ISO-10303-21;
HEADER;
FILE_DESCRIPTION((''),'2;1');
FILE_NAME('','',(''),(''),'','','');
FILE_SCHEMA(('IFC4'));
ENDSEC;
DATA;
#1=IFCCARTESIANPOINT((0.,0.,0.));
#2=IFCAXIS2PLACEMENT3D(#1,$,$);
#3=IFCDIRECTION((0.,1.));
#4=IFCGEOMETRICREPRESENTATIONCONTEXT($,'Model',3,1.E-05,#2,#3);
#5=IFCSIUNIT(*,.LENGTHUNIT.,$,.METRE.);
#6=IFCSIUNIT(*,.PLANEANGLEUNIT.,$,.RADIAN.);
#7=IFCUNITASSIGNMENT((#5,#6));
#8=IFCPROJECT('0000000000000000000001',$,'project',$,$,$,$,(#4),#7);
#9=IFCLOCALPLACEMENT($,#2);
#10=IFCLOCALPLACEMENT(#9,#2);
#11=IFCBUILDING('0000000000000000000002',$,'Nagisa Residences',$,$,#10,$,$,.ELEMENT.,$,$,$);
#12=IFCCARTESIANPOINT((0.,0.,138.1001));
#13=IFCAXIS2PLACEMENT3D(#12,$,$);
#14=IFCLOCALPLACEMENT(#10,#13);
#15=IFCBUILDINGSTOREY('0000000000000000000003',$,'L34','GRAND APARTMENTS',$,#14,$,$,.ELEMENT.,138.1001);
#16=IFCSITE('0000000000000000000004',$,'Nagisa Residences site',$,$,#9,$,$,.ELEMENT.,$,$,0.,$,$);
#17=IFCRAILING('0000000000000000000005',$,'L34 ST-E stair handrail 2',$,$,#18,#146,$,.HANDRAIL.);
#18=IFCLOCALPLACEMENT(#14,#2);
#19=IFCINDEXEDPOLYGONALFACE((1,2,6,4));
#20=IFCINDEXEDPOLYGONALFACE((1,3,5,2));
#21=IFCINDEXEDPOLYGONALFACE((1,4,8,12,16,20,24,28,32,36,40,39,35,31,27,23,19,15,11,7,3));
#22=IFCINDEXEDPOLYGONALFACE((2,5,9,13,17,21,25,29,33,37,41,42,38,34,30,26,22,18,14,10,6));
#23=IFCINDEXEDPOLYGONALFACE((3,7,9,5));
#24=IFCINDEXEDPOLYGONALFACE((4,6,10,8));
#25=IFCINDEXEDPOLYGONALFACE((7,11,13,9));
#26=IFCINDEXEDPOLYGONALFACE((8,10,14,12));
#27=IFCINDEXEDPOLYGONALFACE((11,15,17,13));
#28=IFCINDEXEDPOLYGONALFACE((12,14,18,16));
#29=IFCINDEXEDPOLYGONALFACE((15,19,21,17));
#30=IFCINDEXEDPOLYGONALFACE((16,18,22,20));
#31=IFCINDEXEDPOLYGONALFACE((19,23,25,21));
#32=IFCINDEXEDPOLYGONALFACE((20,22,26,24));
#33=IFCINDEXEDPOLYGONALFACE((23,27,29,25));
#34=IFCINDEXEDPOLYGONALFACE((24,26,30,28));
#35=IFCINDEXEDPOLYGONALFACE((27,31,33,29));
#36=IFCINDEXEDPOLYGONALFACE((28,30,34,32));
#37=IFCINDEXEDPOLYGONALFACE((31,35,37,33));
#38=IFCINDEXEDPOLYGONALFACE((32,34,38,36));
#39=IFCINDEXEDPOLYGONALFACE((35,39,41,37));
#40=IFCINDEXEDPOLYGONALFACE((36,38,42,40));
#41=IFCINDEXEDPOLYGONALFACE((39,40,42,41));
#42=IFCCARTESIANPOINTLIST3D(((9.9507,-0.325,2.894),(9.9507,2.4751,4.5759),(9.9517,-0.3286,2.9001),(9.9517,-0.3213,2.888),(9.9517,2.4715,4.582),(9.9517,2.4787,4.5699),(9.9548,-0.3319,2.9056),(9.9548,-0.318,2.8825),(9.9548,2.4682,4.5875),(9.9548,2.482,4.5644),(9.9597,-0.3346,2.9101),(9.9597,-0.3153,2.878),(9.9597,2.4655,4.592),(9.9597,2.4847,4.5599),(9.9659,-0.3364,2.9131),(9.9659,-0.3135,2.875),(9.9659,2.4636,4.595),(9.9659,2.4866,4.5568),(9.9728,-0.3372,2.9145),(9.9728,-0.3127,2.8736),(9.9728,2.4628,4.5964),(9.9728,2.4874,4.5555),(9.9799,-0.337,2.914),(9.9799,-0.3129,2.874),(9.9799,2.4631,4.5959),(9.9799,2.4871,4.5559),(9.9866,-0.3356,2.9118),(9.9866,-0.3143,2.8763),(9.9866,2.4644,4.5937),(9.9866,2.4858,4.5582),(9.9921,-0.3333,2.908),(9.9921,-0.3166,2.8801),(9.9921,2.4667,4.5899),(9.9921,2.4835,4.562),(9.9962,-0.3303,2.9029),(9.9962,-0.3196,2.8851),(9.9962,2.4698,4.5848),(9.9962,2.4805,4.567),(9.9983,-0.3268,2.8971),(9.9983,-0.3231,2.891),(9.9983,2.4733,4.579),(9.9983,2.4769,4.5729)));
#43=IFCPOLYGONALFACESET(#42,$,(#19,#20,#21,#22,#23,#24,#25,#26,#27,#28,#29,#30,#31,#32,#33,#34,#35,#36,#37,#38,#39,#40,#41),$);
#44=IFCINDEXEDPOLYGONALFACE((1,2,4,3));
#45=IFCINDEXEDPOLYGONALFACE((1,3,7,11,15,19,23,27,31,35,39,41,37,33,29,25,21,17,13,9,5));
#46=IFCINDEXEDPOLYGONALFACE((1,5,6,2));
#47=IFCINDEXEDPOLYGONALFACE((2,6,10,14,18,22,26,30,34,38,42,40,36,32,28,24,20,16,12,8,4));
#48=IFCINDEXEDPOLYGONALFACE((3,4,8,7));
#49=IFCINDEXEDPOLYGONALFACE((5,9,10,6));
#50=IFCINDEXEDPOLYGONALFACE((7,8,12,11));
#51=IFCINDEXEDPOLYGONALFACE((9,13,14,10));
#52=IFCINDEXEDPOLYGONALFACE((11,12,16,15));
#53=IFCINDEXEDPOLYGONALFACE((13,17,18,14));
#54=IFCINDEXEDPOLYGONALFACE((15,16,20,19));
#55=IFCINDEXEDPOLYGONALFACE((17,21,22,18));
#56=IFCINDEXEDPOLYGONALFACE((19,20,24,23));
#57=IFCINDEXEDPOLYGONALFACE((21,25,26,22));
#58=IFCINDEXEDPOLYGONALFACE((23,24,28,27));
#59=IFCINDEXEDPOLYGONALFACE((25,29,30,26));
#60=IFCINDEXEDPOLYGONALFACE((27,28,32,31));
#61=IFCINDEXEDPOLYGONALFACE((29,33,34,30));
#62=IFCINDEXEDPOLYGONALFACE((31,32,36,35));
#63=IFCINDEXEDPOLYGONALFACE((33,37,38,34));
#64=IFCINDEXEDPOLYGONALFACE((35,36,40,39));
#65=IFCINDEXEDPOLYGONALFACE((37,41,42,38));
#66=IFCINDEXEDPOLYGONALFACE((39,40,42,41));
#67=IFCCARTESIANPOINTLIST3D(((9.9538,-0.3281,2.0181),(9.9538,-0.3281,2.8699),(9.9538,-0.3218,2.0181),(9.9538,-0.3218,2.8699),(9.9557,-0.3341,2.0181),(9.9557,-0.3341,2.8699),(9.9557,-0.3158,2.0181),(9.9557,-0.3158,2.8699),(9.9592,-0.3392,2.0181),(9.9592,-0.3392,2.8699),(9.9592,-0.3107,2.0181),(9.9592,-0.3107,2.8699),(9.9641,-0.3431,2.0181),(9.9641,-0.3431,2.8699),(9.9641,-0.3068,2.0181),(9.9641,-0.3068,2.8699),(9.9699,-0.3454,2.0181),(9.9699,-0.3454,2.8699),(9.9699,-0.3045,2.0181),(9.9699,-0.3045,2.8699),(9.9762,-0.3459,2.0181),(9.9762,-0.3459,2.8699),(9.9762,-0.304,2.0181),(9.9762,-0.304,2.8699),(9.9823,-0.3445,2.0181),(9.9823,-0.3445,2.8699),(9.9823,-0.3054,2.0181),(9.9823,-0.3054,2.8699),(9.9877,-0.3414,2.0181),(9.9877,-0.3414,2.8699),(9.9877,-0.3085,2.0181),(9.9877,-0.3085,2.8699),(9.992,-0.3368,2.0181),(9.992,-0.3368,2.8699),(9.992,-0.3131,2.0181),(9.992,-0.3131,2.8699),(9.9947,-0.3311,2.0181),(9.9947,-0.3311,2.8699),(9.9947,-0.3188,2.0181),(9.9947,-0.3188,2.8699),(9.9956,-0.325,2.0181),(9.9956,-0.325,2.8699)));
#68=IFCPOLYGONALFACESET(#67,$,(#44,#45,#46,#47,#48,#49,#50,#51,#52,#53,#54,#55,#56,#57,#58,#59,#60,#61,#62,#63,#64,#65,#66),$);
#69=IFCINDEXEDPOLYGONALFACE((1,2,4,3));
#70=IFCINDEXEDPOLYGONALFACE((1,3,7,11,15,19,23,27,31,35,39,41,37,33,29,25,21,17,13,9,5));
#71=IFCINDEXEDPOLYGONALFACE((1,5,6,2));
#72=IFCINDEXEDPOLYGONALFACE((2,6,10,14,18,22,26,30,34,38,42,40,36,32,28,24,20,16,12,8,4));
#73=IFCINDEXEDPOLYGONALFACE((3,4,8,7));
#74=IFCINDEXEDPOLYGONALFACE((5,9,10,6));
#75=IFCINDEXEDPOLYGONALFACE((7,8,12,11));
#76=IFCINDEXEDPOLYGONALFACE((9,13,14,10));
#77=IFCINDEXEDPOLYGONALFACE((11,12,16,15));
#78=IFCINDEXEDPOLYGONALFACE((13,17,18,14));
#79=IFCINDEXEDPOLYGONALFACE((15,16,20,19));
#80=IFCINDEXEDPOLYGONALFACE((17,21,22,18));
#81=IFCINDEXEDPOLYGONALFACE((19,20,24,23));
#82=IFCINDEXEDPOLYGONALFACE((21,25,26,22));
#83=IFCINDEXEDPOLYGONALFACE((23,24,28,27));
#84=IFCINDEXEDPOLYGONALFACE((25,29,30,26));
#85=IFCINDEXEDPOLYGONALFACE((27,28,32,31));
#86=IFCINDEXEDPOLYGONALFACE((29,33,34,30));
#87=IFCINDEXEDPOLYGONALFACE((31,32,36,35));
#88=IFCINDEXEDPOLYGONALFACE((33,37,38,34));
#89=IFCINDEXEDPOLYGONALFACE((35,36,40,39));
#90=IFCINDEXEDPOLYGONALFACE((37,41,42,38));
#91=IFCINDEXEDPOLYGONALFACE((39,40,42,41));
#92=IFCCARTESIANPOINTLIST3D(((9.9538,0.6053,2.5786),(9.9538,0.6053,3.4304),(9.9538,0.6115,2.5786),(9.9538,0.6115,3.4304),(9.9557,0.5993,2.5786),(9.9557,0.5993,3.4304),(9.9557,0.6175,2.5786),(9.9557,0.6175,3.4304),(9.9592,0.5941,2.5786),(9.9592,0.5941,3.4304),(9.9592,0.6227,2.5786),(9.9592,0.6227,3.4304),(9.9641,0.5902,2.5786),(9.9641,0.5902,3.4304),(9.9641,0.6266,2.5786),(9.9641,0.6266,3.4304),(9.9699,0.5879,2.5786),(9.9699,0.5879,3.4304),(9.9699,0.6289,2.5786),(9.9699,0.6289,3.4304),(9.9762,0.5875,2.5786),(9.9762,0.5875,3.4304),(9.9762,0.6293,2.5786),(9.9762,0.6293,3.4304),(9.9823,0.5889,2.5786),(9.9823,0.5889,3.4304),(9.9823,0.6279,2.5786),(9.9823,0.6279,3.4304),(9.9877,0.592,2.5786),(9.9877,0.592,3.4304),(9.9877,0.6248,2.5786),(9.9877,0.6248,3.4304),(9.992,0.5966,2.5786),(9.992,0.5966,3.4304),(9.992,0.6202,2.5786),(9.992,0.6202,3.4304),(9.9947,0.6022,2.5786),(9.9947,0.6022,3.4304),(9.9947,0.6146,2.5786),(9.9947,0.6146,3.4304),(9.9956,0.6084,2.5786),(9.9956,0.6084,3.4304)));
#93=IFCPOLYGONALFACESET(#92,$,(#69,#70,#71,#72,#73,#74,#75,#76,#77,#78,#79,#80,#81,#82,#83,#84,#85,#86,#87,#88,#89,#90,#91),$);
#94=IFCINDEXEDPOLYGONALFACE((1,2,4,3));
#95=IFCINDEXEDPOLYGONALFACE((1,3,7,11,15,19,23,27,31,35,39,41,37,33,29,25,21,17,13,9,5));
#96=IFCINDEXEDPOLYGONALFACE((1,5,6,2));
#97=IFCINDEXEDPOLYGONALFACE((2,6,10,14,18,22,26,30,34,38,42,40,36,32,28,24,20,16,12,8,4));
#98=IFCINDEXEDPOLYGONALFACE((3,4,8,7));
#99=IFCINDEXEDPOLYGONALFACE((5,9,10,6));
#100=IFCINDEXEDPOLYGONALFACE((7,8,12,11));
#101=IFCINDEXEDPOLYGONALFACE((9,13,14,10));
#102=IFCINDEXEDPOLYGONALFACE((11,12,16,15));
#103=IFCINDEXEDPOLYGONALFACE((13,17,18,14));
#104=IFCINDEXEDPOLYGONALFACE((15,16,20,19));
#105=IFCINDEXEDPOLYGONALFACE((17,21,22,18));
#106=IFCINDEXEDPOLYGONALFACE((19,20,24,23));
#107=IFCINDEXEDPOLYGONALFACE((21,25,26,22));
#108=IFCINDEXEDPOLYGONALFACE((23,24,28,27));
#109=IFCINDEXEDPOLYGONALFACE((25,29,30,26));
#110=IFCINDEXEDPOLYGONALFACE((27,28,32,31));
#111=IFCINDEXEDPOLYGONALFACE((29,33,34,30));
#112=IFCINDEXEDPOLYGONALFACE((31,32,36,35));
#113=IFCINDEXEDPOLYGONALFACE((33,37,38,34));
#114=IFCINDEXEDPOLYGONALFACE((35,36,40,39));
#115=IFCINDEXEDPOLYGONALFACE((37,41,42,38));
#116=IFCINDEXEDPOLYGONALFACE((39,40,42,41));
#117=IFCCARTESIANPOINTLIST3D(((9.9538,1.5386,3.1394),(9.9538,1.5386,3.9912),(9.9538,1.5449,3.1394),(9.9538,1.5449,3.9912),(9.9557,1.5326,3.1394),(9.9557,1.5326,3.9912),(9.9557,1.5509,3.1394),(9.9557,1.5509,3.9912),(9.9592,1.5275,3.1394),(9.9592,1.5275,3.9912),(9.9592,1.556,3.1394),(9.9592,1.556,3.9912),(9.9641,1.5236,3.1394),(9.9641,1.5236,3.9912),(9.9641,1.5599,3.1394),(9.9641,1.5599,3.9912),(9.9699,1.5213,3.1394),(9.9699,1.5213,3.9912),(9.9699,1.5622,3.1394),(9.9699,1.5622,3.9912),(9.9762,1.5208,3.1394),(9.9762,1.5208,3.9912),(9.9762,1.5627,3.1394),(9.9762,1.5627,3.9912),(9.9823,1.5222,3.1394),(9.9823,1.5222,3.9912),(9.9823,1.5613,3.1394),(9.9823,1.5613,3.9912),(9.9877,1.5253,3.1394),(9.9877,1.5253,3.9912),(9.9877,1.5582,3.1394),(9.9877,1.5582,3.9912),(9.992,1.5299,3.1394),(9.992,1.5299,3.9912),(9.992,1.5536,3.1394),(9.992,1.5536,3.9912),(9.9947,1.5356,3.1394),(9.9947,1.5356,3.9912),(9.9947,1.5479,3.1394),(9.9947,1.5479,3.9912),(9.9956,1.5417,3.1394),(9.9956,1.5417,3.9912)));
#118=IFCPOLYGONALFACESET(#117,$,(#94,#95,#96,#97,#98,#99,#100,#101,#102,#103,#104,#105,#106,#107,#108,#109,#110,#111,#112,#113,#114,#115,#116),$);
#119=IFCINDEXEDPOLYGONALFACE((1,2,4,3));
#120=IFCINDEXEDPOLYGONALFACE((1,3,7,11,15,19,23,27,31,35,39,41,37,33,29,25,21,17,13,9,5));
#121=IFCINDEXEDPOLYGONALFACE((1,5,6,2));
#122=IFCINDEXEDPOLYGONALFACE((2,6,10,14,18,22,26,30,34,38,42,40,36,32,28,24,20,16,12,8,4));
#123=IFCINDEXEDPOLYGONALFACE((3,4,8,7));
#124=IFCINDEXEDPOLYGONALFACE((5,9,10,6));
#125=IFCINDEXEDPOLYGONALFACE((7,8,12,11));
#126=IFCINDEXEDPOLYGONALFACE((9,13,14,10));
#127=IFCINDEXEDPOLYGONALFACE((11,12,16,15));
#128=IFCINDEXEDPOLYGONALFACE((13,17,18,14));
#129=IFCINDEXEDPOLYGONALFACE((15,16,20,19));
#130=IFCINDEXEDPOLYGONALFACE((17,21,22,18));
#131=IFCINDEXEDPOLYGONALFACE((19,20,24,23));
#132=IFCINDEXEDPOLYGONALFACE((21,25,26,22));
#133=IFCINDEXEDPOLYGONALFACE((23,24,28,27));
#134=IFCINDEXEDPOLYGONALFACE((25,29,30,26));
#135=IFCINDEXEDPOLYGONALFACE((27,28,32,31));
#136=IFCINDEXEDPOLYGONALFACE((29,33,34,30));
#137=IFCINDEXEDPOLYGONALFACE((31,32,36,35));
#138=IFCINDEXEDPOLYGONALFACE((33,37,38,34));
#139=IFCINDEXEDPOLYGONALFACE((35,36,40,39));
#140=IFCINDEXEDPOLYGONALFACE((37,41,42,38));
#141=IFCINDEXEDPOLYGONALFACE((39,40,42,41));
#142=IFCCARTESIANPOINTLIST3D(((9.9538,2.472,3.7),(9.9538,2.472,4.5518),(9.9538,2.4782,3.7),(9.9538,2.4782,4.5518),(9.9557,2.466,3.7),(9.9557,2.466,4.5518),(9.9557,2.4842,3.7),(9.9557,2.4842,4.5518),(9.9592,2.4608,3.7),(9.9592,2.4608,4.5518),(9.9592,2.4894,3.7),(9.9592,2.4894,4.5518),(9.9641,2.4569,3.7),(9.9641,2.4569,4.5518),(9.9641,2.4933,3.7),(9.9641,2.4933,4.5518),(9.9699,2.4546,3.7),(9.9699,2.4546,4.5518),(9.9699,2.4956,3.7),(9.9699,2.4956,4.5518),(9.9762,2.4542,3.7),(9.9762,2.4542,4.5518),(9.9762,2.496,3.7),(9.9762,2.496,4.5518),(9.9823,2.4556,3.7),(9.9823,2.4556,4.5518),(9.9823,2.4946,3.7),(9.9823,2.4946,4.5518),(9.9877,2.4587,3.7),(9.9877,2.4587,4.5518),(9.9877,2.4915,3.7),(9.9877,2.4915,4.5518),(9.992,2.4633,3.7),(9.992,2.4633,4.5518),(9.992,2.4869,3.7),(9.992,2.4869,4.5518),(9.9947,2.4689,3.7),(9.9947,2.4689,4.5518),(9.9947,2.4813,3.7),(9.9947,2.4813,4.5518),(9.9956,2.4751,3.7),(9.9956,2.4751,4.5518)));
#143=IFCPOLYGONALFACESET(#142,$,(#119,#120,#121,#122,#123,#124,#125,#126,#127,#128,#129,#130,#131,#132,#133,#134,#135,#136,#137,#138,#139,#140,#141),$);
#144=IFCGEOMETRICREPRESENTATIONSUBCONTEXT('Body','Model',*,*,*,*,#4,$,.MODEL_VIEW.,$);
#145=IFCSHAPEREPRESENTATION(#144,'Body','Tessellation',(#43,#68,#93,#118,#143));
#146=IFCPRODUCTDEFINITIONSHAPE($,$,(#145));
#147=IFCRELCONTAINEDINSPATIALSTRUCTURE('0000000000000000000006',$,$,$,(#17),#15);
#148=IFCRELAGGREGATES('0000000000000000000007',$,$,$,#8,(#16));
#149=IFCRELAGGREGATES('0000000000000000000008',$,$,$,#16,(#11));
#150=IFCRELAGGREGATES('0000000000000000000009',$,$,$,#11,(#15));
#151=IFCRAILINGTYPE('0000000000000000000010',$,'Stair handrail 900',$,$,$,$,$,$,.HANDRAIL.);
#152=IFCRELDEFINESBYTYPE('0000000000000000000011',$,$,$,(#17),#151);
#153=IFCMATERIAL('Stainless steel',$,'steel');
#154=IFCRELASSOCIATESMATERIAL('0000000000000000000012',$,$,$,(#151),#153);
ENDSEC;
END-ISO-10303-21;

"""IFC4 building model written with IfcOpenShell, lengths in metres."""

from ifc_helpers import new_model, si_unit, direction, frame, origin, origin_2d, place, context, subcontext, project, spatial, circle, extrude, material, type_object, element, save


model = new_model("IFC4")

# Units and contexts
model_context = context("Model", 3, precision=1e-05, world=origin(), true_north=direction((0.0, 1.0)))
body_context = subcontext(model_context, "Body", "Model", "MODEL_VIEW")
ifc_project = project(units=[si_unit("LENGTHUNIT", "METRE"), si_unit("PLANEANGLEUNIT", "RADIAN")], contexts=[model_context])

# Site, building, storey
site_placement = place(None, origin())
site = spatial("IfcSite", under=ifc_project, at=site_placement, Name="Nagisa Residences site", CompositionType="ELEMENT", RefElevation=0.0)
building_placement = place(site_placement, origin())
building = spatial("IfcBuilding", under=site, at=building_placement, Name="Nagisa Residences", CompositionType="ELEMENT")
storey_placement = place(building_placement, frame((0.0, 0.0, 138.1001)))
storey = spatial("IfcBuildingStorey", under=building, at=storey_placement, Name="L34", Description="GRAND APARTMENTS", CompositionType="ELEMENT", Elevation=138.1001)

# Railing
ifc_material_1 = material(Name="Stainless steel", Category="steel")
railing_type_1 = type_object("IfcRailingType", Name="Stair handrail 900", PredefinedType="HANDRAIL", material=ifc_material_1)
railing_1_placement = place(storey_placement, frame((9.9746, -0.325, 2.0181)))
element("IfcRailing", 1, at=railing_1_placement, inside=storey, type_object=railing_type_1, Name="L34 ST-E stair handrail 2", PredefinedType="HANDRAIL", context=body_context, shape_type="SweptSolid", body=[
    extrude(circle(Radius=0.0239, at=origin_2d()), frame((0.0, 0.0, 0.876), z_axis=(0.0, 0.857242, 0.514913), x_axis=(-1.0, 0.0, 0.0)), (0.0, 0.0, 1.0), 3.2664),
    extrude(circle(Radius=0.021, at=origin_2d()), origin(), (0.0, 0.0, 1.0), 0.8518),
    extrude(circle(Radius=0.021, at=origin_2d()), frame((0.0, 0.9333, 0.5605)), (0.0, 0.0, 1.0), 0.8518),
    extrude(circle(Radius=0.021, at=origin_2d()), frame((0.0, 1.8667, 1.1213)), (0.0, 0.0, 1.0), 0.8518),
    extrude(circle(Radius=0.021, at=origin_2d()), frame((0.0, 2.8, 1.6819)), (0.0, 0.0, 1.0), 0.8518),
])

save(model, "model.ifc")
